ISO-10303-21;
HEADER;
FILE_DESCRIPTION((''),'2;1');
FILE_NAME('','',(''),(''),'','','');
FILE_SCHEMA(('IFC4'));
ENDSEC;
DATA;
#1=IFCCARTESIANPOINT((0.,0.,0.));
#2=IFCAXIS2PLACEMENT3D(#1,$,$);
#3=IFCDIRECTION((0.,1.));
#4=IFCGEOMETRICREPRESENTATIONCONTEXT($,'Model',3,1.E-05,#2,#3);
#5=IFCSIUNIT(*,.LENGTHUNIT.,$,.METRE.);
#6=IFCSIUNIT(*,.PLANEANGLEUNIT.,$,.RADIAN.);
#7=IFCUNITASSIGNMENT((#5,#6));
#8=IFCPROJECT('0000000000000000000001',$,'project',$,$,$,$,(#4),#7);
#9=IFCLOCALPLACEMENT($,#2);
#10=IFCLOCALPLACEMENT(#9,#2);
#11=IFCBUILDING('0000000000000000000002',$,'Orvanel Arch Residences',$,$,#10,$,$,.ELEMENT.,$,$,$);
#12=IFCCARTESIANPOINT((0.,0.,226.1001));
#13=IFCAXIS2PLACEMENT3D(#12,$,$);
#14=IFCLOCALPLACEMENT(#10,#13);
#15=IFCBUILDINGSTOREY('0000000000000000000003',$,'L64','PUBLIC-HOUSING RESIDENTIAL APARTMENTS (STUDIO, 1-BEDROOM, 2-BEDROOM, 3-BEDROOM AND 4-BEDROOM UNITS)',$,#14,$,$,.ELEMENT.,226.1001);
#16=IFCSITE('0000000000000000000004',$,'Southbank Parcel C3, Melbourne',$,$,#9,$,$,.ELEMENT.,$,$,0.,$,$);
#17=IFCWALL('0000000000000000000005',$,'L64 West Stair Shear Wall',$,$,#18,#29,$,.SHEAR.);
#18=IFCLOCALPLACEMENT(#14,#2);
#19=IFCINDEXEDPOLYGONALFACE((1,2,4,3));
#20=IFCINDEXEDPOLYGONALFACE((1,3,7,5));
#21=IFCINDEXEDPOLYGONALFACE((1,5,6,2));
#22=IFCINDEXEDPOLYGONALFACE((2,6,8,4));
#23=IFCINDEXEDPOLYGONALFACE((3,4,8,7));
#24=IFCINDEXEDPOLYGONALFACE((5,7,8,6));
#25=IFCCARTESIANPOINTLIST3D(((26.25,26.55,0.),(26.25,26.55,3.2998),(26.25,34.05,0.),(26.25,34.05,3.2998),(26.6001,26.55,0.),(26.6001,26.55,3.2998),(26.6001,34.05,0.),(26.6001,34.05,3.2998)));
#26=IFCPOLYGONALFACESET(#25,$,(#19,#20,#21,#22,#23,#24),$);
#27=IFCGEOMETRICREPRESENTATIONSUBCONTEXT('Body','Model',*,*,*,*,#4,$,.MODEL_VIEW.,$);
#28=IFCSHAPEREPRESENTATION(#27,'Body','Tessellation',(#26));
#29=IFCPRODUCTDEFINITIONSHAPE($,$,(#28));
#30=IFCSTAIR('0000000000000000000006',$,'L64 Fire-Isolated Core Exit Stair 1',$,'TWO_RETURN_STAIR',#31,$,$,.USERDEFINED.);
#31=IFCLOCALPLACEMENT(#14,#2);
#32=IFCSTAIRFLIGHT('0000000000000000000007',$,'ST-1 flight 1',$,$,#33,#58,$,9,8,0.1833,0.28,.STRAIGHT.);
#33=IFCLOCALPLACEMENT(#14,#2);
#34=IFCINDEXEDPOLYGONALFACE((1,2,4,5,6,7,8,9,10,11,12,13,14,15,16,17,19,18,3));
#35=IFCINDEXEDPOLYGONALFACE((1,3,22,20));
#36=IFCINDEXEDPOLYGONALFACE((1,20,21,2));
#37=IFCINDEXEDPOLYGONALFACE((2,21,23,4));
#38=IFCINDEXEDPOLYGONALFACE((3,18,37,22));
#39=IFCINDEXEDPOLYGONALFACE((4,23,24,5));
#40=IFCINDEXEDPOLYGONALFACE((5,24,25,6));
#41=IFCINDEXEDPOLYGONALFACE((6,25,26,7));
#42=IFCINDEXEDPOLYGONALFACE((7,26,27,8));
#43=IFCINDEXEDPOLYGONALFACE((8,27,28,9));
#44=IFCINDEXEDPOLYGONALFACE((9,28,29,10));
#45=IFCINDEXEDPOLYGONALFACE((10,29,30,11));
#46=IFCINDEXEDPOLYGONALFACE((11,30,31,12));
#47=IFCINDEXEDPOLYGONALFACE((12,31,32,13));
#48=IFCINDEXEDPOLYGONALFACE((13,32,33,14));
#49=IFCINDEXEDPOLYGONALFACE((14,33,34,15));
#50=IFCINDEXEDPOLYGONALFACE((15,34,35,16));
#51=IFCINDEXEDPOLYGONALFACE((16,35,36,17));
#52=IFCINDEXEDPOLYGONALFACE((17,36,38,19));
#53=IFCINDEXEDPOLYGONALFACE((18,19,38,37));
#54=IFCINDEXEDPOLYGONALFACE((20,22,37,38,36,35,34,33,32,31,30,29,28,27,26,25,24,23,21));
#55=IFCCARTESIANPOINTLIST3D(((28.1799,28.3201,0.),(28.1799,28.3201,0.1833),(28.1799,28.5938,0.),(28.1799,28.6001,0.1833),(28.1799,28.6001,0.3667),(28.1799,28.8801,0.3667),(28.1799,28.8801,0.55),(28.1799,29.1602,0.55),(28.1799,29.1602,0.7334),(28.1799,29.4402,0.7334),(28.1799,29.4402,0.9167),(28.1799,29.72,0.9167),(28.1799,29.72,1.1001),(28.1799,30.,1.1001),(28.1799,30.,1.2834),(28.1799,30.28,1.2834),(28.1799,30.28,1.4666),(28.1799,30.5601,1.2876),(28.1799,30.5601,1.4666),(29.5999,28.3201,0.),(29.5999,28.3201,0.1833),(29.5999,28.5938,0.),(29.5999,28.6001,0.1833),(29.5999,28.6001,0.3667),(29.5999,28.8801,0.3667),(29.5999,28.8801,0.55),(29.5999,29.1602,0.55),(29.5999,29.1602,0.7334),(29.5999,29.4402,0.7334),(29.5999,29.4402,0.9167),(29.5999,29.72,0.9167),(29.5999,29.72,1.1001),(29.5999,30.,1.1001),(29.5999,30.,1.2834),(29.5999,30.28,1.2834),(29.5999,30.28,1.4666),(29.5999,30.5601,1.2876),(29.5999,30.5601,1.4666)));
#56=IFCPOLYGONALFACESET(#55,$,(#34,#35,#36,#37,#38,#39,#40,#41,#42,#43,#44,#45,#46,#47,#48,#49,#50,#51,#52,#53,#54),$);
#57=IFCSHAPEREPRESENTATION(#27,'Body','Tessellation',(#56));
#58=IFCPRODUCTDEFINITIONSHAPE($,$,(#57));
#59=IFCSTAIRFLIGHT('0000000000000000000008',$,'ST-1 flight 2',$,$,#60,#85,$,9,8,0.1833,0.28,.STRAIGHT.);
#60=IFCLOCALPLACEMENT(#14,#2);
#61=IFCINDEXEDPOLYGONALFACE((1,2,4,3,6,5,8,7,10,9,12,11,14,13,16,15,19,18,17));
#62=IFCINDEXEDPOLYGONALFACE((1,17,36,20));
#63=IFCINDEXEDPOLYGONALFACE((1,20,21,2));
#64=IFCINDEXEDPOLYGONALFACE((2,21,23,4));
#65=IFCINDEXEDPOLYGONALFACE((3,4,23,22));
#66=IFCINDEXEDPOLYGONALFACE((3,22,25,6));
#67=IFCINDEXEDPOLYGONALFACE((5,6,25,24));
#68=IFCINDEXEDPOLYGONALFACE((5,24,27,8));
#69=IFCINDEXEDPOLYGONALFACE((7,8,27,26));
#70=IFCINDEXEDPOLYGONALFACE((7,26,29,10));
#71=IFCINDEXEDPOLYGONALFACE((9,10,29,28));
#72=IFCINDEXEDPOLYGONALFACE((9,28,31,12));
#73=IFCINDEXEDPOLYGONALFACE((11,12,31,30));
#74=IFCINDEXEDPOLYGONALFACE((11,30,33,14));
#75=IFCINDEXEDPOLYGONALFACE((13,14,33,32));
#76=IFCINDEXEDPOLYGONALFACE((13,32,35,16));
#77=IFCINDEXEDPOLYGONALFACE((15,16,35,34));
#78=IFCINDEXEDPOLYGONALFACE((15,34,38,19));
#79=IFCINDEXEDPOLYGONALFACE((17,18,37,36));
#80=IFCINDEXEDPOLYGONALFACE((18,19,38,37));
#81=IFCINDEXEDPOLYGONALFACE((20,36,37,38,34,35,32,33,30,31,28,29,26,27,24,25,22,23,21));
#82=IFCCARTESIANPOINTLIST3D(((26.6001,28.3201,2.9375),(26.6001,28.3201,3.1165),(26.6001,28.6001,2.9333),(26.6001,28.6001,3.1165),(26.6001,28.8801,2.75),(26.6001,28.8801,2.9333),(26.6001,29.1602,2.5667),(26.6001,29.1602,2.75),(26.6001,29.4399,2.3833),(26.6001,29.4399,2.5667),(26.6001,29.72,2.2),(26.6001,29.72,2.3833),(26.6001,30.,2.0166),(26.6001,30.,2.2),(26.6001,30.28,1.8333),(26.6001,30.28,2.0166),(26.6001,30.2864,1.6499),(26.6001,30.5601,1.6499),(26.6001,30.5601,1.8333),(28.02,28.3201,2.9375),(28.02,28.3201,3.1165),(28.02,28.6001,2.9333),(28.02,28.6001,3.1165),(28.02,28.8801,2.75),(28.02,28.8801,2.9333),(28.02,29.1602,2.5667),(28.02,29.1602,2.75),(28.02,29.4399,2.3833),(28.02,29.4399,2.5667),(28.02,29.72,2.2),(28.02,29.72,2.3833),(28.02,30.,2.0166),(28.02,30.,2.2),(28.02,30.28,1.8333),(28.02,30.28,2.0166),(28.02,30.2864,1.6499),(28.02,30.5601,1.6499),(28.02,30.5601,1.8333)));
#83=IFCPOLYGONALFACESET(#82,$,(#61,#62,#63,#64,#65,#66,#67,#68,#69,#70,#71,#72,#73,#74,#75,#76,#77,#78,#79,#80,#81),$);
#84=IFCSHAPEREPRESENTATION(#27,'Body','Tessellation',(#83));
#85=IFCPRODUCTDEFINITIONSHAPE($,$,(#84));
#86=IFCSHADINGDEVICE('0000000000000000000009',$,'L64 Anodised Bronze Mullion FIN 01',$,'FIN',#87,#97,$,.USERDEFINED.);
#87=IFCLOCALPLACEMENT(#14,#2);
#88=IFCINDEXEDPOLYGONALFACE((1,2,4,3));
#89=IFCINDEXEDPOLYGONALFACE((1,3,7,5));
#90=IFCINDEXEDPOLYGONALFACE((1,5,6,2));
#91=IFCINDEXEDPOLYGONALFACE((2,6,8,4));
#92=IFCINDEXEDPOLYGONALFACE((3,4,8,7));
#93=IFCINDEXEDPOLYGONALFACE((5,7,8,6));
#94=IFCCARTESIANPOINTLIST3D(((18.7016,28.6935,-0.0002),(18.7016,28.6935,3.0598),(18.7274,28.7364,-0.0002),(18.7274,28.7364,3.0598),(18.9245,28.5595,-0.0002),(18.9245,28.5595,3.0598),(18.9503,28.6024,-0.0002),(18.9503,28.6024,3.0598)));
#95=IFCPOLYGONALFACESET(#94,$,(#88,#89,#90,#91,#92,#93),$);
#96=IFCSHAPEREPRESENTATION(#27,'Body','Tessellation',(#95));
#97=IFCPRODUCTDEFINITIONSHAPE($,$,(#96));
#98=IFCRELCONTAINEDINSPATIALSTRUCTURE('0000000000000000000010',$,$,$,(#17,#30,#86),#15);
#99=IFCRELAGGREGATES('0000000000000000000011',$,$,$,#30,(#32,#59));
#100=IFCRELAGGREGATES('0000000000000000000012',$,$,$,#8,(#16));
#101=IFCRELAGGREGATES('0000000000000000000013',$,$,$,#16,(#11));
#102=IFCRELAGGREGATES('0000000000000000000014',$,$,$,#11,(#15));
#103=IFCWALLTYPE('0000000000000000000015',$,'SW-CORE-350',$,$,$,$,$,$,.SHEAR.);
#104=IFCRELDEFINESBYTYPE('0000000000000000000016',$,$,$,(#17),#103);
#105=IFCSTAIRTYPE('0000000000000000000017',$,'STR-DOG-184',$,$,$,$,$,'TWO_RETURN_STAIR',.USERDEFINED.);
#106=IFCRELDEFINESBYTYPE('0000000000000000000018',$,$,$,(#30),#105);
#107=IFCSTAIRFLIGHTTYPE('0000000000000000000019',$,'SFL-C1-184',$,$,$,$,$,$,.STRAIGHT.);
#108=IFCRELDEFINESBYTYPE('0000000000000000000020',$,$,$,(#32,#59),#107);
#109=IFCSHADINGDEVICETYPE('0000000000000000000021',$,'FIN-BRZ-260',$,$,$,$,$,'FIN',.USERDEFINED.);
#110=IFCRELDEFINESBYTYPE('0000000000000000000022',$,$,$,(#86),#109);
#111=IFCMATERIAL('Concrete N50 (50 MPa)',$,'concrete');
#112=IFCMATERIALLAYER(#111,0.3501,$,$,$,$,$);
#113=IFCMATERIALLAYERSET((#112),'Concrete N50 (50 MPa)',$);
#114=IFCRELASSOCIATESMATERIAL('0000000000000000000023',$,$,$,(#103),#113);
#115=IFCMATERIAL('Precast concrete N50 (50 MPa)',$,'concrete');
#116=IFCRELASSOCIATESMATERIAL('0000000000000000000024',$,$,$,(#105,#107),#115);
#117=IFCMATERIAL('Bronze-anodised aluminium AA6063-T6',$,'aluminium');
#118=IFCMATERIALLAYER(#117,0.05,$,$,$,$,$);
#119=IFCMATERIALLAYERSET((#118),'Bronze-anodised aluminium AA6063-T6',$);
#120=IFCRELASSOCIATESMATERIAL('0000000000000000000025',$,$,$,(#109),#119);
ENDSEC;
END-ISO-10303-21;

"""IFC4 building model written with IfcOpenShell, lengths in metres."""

from ifc_helpers import new_model, si_unit, direction, frame, frame_2d, origin, origin_2d, place, context, subcontext, project, spatial, polyline, rectangle, outline, extrude, material, layer, layer_set, type_object, element, aggregate, save


model = new_model("IFC4")

# Units and contexts
model_context = context("Model", 3, precision=1e-05, world=origin(), true_north=direction((0.0, 1.0)))
body_context = subcontext(model_context, "Body", "Model", "MODEL_VIEW")
ifc_project = project(units=[si_unit("LENGTHUNIT", "METRE"), si_unit("PLANEANGLEUNIT", "RADIAN")], contexts=[model_context])

# Site, building, storey
site_placement = place(None, origin())
site = spatial("IfcSite", under=ifc_project, at=site_placement, Name="Southbank Parcel C3, Melbourne", CompositionType="ELEMENT", RefElevation=0.0)
building_placement = place(site_placement, origin())
building = spatial("IfcBuilding", under=site, at=building_placement, Name="Orvanel Arch Residences", CompositionType="ELEMENT")
storey_placement = place(building_placement, frame((0.0, 0.0, 226.1001)))
storey = spatial("IfcBuildingStorey", under=building, at=storey_placement, Name="L64", Description="PUBLIC-HOUSING RESIDENTIAL APARTMENTS (STUDIO, 1-BEDROOM, 2-BEDROOM, 3-BEDROOM AND 4-BEDROOM UNITS)", CompositionType="ELEMENT", Elevation=226.1001)

# Shared definitions
ifc_material_1 = material(Name="Bronze-anodised aluminium AA6063-T6", Category="aluminium")

# Shared definitions
ifc_material_2 = material(Name="Concrete N50 (50 MPa)", Category="concrete")

# Shared definitions
ifc_layer_1 = layer(ifc_material_2, 0.3501)
ifc_layer_set_1 = layer_set([ifc_layer_1], Name="Concrete N50 (50 MPa)")
wall_type_1 = type_object("IfcWallType", Name="SW-CORE-350", PredefinedType="SHEAR", material=ifc_layer_set_1)

# Wall
wall_1_placement = place(storey_placement, frame((26.425, 26.55, 0.0), z_axis=(0.0, 0.0, 1.0), x_axis=(0.0, 1.0, 0.0)))
element("IfcWall", 1, at=wall_1_placement, inside=storey, type_object=wall_type_1, Name="L64 West Stair Shear Wall", PredefinedType="SHEAR", context=body_context, shape_type="SweptSolid", body=[
    extrude(rectangle(XDim=7.5, YDim=0.3501, at=frame_2d((3.75, 0.0))), origin(), (0.0, 0.0, 1.0), 3.2998),
])

# Stair, stair flights
ifc_material_3 = material(Name="Precast concrete N50 (50 MPa)", Category="concrete")
stair_type = type_object("IfcStairType", Name="STR-DOG-184", ElementType="TWO_RETURN_STAIR", PredefinedType="USERDEFINED", material=ifc_material_3)
stair_placement = place(storey_placement, origin())
stair = element("IfcStair", 2, at=stair_placement, inside=storey, type_object=stair_type, Name="L64 Fire-Isolated Core Exit Stair 1", ObjectType="TWO_RETURN_STAIR", PredefinedType="USERDEFINED")
stair_flight_type = type_object("IfcStairFlightType", Name="SFL-C1-184", PredefinedType="STRAIGHT", material=ifc_material_3)
stair_flight_1_placement = place(storey_placement, frame((28.8899, 28.3201, 0.0), z_axis=(0.0, 0.0, 1.0), x_axis=(0.0, 1.0, 0.0)))
stair_flight_1 = element("IfcStairFlight", 3, at=stair_flight_1_placement, type_object=stair_flight_type, Name="ST-1 flight 1", NumberOfRisers=9, NumberOfTreads=8, PredefinedType="STRAIGHT", RiserHeight=0.1833, TreadLength=0.28, context=body_context, shape_type="SweptSolid", body=[
    extrude(outline(polyline([(0.0, 0.0), (0.0, 0.1833), (0.28, 0.1833), (0.28, 0.3667), (0.5601, 0.3667), (0.5601, 0.55), (0.8401, 0.55), (0.8401, 0.7334), (1.1201, 0.7334), (1.1201, 0.9167), (1.3999, 0.9167), (1.3999, 1.1001), (1.6799, 1.1001), (1.6799, 1.2834), (1.96, 1.2834), (1.96, 1.4666), (2.24, 1.4666), (2.24, 1.6499), (2.24, 1.2876), (0.2737, 0.0), (0.0, 0.0)])), frame((0.0, 0.71, 0.0), z_axis=(0.0, -1.0, 0.0), x_axis=(1.0, 0.0, 0.0)), (0.0, 0.0, 1.0), 1.4199),
])
stair_flight_2_placement = place(storey_placement, frame((27.3101, 30.5601, 1.6499), z_axis=(0.0, 0.0, 1.0), x_axis=(0.0, -1.0, 0.0)))
stair_flight_2 = element("IfcStairFlight", 4, at=stair_flight_2_placement, type_object=stair_flight_type, Name="ST-1 flight 2", NumberOfRisers=9, NumberOfTreads=8, PredefinedType="STRAIGHT", RiserHeight=0.1833, TreadLength=0.28, context=body_context, shape_type="SweptSolid", body=[
    extrude(outline(polyline([(0.0, 0.0), (0.0, 0.1833), (0.28, 0.1833), (0.28, 0.3667), (0.5601, 0.3667), (0.5601, 0.55), (0.8401, 0.55), (0.8401, 0.7334), (1.1201, 0.7334), (1.1201, 0.9167), (1.3999, 0.9167), (1.3999, 1.1001), (1.6799, 1.1001), (1.6799, 1.2834), (1.96, 1.2834), (1.96, 1.4666), (2.24, 1.4666), (2.24, 1.6499), (2.24, 1.2876), (0.2737, 0.0), (0.0, 0.0)])), frame((0.0, 0.71, 0.0), z_axis=(0.0, -1.0, 0.0), x_axis=(1.0, 0.0, 0.0)), (0.0, 0.0, 1.0), 1.4199),
])
aggregate(stair, [stair_flight_1, stair_flight_2])

# Shading device
ifc_layer_2 = layer(ifc_material_1, 0.05)
ifc_layer_set_2 = layer_set([ifc_layer_2], Name="Bronze-anodised aluminium AA6063-T6")
shading_device_type = type_object("IfcShadingDeviceType", Name="FIN-BRZ-260", ElementType="FIN", PredefinedType="USERDEFINED", material=ifc_layer_set_2)
shading_device_placement = place(storey_placement, frame((18.8259, 28.6479, -0.0002), z_axis=(0.0, 0.0, 1.0), x_axis=(-0.857167, 0.515038, 0.0)))
element("IfcShadingDevice", 5, at=shading_device_placement, inside=storey, type_object=shading_device_type, Name="L64 Anodised Bronze Mullion FIN 01", ObjectType="FIN", PredefinedType="USERDEFINED", context=body_context, shape_type="SweptSolid", body=[
    extrude(rectangle(XDim=0.26, YDim=0.05, at=origin_2d()), origin(), (0.0, 0.0, 1.0), 3.0601),
])

save(model, "model.ifc")
